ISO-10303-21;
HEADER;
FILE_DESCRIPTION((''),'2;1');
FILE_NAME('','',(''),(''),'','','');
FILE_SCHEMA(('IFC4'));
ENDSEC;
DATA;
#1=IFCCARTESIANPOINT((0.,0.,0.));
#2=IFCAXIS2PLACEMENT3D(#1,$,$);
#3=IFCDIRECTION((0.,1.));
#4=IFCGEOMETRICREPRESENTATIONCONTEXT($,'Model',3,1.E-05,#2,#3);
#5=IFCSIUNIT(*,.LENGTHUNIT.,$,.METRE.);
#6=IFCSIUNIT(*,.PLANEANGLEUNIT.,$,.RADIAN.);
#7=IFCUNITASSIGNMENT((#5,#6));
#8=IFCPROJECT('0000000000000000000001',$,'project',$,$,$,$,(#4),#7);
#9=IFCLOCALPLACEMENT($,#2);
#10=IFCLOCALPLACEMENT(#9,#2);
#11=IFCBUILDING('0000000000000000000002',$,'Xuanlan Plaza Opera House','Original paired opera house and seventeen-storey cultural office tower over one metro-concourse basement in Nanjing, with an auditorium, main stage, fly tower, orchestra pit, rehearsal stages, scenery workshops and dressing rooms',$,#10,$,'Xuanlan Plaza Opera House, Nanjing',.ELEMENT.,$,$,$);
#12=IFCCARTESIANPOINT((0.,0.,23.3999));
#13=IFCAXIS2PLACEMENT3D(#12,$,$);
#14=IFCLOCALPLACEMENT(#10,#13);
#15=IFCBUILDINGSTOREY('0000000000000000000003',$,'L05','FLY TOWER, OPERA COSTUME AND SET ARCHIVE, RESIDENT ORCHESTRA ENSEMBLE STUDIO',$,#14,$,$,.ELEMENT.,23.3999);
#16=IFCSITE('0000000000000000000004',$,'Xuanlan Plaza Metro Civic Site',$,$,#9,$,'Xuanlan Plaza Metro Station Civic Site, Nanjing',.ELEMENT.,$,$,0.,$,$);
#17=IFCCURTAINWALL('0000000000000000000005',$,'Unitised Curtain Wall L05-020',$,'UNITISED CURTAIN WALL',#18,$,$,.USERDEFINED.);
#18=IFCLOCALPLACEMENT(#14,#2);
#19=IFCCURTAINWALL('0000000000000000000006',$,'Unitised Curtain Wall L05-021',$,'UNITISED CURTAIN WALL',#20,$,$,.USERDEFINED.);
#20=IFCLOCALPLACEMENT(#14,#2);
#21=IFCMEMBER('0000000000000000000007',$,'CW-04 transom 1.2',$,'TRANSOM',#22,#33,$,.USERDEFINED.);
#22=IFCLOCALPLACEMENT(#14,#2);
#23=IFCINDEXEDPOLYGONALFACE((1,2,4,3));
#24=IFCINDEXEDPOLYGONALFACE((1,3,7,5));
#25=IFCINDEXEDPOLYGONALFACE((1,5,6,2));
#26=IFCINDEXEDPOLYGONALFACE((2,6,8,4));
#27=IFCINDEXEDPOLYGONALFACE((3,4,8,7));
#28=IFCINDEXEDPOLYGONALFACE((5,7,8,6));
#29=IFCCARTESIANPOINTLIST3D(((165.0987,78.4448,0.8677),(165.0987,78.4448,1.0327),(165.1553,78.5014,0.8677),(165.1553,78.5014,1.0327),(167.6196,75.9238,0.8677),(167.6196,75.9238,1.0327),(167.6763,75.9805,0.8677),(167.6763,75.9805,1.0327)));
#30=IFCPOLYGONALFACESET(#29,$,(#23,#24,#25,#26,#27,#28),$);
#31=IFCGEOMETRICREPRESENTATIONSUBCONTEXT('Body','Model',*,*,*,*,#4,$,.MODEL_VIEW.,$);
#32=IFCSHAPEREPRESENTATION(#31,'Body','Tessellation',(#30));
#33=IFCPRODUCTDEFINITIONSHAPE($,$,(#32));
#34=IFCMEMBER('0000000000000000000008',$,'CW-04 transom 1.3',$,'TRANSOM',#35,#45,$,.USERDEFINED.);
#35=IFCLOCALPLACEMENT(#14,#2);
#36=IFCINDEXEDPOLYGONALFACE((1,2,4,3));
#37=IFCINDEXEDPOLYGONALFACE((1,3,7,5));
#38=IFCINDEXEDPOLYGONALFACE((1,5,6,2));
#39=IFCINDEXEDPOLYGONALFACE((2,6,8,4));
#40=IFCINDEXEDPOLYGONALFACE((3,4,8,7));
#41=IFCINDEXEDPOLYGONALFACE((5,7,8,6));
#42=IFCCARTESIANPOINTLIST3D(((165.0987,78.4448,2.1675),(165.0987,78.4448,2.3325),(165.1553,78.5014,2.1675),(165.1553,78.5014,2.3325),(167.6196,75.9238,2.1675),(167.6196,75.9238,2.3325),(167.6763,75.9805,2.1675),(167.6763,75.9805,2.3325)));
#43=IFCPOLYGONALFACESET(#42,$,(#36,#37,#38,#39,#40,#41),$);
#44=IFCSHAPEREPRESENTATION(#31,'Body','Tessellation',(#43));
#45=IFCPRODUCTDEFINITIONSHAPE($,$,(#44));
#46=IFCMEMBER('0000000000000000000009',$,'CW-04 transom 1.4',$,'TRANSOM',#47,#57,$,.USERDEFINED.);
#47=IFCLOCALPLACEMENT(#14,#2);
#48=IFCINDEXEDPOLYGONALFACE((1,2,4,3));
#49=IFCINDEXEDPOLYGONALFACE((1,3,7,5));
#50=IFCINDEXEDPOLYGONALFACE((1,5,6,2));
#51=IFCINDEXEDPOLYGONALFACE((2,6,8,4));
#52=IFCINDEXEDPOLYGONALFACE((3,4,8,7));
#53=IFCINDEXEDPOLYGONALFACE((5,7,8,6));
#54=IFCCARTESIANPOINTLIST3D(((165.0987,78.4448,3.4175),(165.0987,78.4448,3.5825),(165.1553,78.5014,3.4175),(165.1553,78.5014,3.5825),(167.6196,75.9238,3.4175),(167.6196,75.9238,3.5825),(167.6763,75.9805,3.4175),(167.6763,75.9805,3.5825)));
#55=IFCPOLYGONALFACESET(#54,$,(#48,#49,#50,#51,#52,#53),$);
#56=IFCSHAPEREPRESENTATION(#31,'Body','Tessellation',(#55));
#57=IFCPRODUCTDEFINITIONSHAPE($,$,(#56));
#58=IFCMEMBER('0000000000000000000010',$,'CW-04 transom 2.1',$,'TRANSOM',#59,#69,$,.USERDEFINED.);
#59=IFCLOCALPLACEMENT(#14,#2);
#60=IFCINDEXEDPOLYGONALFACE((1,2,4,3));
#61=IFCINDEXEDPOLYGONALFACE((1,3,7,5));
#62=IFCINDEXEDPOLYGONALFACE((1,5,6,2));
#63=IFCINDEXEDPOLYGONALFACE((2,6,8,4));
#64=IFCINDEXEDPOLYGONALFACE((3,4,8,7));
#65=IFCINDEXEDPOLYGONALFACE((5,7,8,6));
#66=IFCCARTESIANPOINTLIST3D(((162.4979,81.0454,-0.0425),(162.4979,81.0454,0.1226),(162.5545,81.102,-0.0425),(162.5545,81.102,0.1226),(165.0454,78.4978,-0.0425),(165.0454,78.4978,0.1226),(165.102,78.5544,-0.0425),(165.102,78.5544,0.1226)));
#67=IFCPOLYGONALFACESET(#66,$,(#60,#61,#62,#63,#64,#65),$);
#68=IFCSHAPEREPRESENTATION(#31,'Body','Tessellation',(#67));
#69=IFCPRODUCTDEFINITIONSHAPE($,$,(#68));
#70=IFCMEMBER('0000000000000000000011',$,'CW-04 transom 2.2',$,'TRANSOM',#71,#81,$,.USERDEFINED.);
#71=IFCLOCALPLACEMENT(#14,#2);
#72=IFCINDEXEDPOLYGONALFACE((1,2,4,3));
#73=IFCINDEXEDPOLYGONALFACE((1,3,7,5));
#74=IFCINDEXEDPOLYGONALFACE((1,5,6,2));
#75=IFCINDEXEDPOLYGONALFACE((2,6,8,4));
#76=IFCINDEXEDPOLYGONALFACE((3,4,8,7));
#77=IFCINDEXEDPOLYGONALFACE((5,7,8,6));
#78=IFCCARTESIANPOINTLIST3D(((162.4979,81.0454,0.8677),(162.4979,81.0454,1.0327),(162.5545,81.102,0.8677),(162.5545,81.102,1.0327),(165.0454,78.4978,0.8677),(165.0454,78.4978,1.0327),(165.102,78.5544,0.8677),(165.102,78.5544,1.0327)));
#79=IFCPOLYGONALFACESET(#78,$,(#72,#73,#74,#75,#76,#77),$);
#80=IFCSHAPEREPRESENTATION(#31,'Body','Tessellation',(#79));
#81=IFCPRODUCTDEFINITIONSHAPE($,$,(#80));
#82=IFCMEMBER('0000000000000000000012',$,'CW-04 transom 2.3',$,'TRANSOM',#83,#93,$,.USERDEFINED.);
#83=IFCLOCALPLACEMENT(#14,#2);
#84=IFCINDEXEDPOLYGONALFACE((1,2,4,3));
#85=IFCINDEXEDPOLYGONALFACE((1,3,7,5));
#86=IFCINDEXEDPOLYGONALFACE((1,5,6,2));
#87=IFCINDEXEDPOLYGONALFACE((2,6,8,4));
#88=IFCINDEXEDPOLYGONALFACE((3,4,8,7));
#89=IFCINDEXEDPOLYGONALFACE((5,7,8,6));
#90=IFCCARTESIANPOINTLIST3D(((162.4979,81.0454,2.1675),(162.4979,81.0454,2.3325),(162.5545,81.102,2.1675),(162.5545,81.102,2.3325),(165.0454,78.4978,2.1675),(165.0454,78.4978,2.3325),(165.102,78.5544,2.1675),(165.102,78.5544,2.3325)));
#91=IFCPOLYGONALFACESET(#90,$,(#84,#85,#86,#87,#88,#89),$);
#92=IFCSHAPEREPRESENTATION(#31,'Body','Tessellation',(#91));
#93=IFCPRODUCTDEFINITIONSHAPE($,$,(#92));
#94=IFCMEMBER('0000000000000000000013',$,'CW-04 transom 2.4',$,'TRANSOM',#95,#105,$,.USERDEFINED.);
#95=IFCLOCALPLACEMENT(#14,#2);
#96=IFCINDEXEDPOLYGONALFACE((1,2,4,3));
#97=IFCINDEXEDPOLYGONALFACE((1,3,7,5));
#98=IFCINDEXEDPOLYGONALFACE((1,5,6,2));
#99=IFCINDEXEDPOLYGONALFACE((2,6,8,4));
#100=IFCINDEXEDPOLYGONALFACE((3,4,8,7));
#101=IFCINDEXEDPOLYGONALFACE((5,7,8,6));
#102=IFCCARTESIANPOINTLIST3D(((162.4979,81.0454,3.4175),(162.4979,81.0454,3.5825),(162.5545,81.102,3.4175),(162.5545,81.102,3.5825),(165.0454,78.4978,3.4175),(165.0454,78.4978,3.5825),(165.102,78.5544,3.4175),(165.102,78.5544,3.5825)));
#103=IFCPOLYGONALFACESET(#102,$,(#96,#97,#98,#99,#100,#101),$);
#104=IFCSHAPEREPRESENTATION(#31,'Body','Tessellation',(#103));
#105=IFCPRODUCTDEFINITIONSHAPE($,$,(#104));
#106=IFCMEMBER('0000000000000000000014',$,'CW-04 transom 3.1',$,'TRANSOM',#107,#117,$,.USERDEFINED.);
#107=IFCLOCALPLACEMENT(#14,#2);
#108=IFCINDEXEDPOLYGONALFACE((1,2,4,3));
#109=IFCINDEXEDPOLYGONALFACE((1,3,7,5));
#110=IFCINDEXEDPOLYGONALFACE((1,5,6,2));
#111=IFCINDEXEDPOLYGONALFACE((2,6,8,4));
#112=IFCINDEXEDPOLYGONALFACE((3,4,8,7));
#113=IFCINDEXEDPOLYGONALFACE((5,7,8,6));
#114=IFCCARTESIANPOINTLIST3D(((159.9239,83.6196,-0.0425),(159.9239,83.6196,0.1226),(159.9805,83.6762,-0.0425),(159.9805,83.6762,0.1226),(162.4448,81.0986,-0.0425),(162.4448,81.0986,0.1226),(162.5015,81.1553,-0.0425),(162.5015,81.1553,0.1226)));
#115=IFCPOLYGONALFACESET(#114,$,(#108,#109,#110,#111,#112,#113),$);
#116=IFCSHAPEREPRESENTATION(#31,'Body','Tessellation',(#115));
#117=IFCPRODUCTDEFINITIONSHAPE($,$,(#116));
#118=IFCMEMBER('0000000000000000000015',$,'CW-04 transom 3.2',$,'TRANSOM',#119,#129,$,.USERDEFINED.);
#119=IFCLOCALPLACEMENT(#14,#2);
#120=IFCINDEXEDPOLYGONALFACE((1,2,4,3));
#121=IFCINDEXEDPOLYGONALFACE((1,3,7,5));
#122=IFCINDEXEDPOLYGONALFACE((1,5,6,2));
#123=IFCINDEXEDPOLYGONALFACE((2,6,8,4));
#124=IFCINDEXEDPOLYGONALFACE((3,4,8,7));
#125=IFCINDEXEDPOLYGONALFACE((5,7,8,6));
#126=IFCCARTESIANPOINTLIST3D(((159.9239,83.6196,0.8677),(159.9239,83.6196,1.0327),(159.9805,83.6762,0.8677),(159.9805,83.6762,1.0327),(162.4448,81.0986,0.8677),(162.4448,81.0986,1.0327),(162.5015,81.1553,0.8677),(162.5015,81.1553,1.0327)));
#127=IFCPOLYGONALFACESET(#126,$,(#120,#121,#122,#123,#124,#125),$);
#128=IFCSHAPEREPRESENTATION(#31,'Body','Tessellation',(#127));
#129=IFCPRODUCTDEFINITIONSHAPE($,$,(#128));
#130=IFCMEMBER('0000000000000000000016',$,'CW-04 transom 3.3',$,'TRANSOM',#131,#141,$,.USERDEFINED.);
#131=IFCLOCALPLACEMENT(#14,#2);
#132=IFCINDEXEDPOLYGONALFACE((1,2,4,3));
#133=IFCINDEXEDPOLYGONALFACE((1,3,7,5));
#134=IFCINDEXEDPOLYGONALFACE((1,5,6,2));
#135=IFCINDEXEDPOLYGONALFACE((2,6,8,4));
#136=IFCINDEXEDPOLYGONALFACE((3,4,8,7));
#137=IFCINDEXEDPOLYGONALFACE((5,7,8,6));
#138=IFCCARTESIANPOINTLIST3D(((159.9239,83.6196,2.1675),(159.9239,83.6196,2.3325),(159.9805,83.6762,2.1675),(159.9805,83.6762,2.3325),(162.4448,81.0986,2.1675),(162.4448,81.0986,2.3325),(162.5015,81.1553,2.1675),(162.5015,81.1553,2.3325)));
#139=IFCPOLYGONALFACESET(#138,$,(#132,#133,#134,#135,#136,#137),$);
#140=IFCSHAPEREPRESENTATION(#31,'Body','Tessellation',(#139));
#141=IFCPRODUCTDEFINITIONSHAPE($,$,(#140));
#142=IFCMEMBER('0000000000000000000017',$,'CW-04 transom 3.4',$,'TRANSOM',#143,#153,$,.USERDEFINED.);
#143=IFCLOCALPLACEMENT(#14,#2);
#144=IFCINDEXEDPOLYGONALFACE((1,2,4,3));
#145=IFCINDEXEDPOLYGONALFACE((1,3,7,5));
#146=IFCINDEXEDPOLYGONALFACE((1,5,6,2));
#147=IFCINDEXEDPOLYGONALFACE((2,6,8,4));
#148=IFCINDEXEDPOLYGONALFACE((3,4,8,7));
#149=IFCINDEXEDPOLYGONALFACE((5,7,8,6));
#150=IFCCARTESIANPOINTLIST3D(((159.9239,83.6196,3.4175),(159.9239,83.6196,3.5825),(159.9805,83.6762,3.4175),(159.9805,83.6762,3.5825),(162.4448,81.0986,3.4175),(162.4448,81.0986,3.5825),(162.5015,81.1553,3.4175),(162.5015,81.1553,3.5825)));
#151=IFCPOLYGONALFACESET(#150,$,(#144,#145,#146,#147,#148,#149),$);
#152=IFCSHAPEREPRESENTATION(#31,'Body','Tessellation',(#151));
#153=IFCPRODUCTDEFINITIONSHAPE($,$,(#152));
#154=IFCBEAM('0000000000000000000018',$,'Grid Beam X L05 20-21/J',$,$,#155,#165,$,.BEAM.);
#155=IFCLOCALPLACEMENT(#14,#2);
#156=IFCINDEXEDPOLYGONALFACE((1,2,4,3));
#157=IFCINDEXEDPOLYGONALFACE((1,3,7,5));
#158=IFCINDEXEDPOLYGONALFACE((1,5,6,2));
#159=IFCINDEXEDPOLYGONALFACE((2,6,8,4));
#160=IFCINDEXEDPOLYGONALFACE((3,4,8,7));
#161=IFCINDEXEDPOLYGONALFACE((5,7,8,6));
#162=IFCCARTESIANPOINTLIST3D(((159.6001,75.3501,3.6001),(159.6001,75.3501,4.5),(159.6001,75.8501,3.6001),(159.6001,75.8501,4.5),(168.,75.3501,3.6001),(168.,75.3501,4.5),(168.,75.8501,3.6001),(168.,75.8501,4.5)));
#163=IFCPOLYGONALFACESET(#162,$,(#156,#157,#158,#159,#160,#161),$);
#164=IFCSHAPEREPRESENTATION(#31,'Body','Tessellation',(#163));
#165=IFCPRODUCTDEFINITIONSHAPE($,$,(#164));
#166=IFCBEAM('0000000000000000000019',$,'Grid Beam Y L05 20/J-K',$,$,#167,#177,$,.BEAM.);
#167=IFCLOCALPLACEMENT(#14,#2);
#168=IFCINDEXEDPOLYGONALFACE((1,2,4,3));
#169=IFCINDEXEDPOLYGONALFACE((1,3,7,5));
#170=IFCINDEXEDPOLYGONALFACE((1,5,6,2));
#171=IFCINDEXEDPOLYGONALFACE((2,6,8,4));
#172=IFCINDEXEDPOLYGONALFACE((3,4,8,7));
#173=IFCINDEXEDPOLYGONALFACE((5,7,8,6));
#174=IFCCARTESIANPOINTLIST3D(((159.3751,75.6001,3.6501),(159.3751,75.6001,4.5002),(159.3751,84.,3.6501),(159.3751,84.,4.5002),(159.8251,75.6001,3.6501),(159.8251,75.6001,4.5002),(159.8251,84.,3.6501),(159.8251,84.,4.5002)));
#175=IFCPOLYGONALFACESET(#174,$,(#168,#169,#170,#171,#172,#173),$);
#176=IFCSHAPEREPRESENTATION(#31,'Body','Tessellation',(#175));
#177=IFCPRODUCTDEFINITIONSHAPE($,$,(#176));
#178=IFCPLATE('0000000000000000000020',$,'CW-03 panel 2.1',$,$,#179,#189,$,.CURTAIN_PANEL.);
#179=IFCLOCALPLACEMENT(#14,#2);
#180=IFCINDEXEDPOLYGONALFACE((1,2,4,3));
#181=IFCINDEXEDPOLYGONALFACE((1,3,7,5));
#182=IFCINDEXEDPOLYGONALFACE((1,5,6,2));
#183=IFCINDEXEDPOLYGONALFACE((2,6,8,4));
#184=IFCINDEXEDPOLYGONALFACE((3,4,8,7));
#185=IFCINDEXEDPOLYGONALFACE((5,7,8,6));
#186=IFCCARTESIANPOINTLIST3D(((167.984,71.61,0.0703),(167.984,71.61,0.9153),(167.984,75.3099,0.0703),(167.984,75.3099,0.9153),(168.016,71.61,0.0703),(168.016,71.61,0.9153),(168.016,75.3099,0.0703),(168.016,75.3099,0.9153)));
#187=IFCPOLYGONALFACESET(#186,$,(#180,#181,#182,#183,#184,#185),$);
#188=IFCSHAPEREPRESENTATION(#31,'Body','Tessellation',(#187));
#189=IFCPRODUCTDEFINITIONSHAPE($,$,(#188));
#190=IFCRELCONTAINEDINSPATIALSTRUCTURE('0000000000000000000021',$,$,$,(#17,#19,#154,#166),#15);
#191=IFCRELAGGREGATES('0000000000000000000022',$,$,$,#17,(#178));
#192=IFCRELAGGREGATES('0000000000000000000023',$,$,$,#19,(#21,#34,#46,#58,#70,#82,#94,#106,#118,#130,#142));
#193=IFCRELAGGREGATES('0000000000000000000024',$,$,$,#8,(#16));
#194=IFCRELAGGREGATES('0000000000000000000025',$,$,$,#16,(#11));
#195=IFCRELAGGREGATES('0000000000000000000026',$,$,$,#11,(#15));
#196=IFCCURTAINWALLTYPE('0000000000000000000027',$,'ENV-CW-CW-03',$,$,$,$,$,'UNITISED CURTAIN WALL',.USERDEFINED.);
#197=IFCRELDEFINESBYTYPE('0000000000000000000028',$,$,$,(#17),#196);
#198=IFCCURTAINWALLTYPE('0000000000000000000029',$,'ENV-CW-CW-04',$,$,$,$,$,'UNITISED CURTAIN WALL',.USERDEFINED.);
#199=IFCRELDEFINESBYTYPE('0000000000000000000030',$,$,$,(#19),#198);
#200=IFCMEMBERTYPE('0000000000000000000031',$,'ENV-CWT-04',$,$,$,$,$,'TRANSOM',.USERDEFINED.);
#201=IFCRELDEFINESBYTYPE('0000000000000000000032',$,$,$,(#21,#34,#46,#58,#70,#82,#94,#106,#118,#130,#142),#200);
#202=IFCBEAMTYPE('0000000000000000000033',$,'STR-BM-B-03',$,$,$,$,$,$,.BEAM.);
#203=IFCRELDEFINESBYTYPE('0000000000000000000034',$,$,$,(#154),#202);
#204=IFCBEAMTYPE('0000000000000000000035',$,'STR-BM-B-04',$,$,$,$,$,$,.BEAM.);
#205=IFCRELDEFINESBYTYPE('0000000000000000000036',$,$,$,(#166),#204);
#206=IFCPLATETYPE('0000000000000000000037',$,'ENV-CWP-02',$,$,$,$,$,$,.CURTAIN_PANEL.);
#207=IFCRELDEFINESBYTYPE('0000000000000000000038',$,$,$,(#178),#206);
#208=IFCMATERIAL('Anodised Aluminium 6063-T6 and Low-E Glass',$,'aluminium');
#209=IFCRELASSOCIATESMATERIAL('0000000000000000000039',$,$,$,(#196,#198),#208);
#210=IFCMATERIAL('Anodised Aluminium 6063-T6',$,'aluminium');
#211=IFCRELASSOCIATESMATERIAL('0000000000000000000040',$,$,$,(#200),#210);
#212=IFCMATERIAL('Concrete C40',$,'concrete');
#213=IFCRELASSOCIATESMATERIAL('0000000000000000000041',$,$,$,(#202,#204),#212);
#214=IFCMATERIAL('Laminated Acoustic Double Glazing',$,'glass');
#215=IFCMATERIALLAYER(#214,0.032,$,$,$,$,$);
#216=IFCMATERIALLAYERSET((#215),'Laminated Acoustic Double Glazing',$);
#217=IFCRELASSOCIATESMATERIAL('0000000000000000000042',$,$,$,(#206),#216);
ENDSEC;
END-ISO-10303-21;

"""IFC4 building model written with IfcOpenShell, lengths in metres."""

from ifc_helpers import new_model, si_unit, direction, frame, origin, origin_2d, place, context, subcontext, project, spatial, rectangle, extrude, material, layer, layer_set, material_profile, profile_set, type_object, element, aggregate, save


model = new_model("IFC4")

# Units and contexts
model_context = context("Model", 3, precision=1e-05, world=origin(), true_north=direction((0.0, 1.0)))
body_context = subcontext(model_context, "Body", "Model", "MODEL_VIEW")
ifc_project = project(units=[si_unit("LENGTHUNIT", "METRE"), si_unit("PLANEANGLEUNIT", "RADIAN")], contexts=[model_context])

# Site, building, storey
site_placement = place(None, origin())
site = spatial("IfcSite", under=ifc_project, at=site_placement, Name="Xuanlan Plaza Metro Civic Site", LongName="Xuanlan Plaza Metro Station Civic Site, Nanjing", CompositionType="ELEMENT", RefElevation=0.0)
building_placement = place(site_placement, origin())
building = spatial("IfcBuilding", under=site, at=building_placement, Name="Xuanlan Plaza Opera House", Description="Original paired opera house and seventeen-storey cultural office tower over one metro-concourse basement in Nanjing, with an auditorium, main stage, fly tower, orchestra pit, rehearsal stages, scenery workshops and dressing rooms", LongName="Xuanlan Plaza Opera House, Nanjing", CompositionType="ELEMENT")
storey_placement = place(building_placement, frame((0.0, 0.0, 23.3999)))
storey = spatial("IfcBuildingStorey", under=building, at=storey_placement, Name="L05", Description="FLY TOWER, OPERA COSTUME AND SET ARCHIVE, RESIDENT ORCHESTRA ENSEMBLE STUDIO", CompositionType="ELEMENT", Elevation=23.3999)

# Curtain wall
ifc_material_1 = material(Name="Anodised Aluminium 6063-T6 and Low-E Glass", Category="aluminium")
curtain_wall_type_1 = type_object("IfcCurtainWallType", Name="ENV-CW-CW-03", ElementType="UNITISED CURTAIN WALL", PredefinedType="USERDEFINED", material=ifc_material_1)
curtain_wall_1_placement = place(storey_placement, origin())
curtain_wall_1 = element("IfcCurtainWall", 1, at=curtain_wall_1_placement, inside=storey, type_object=curtain_wall_type_1, Name="Unitised Curtain Wall L05-020", ObjectType="UNITISED CURTAIN WALL", PredefinedType="USERDEFINED")
ifc_material_2 = material(Name="Anodised Aluminium 6063-T6", Category="aluminium")

# Curtain wall
curtain_wall_type_2 = type_object("IfcCurtainWallType", Name="ENV-CW-CW-04", ElementType="UNITISED CURTAIN WALL", PredefinedType="USERDEFINED", material=ifc_material_1)
curtain_wall_2_placement = place(storey_placement, origin())
curtain_wall_2 = element("IfcCurtainWall", 2, at=curtain_wall_2_placement, inside=storey, type_object=curtain_wall_type_2, Name="Unitised Curtain Wall L05-021", ObjectType="UNITISED CURTAIN WALL", PredefinedType="USERDEFINED")

# Members
ifc_material_profile_1 = material_profile(ifc_material_2, rectangle(XDim=0.0801, YDim=0.165, at=origin_2d()), Name="ALU-T 80x165")
ifc_profile_set_1 = profile_set([ifc_material_profile_1], Name="Anodised Aluminium 6063-T6")
member_type_1 = type_object("IfcMemberType", Name="ENV-CWT-04", ElementType="TRANSOM", PredefinedType="USERDEFINED", material=ifc_profile_set_1)
member_1_placement = place(storey_placement, frame((167.6479, 75.9521, 0.9502), z_axis=(-0.707107, 0.707107, 0.0), x_axis=(-0.707107, -0.707107, 0.0)))
member_1 = element("IfcMember", 3, at=member_1_placement, type_object=member_type_1, Name="CW-04 transom 1.2", ObjectType="TRANSOM", PredefinedType="USERDEFINED", context=body_context, shape_type="SweptSolid", body=[
    extrude(rectangle(XDim=0.0801, YDim=0.165, at=origin_2d()), origin(), (0.0, 0.0, 1.0), 3.5652),
])
member_2_placement = place(storey_placement, frame((167.6479, 75.9521, 2.25), z_axis=(-0.707107, 0.707107, 0.0), x_axis=(-0.707107, -0.707107, 0.0)))
member_2 = element("IfcMember", 4, at=member_2_placement, type_object=member_type_1, Name="CW-04 transom 1.3", ObjectType="TRANSOM", PredefinedType="USERDEFINED", context=body_context, shape_type="SweptSolid", body=[
    extrude(rectangle(XDim=0.0801, YDim=0.165, at=origin_2d()), origin(), (0.0, 0.0, 1.0), 3.5652),
])
member_3_placement = place(storey_placement, frame((167.6479, 75.9521, 3.5), z_axis=(-0.707107, 0.707107, 0.0), x_axis=(-0.707107, -0.707107, 0.0)))
member_3 = element("IfcMember", 5, at=member_3_placement, type_object=member_type_1, Name="CW-04 transom 1.4", ObjectType="TRANSOM", PredefinedType="USERDEFINED", context=body_context, shape_type="SweptSolid", body=[
    extrude(rectangle(XDim=0.0801, YDim=0.165, at=origin_2d()), origin(), (0.0, 0.0, 1.0), 3.5652),
])
member_4_placement = place(storey_placement, frame((165.0737, 78.5261, 0.04), z_axis=(-0.707107, 0.707107, 0.0), x_axis=(-0.707107, -0.707107, 0.0)))
member_4 = element("IfcMember", 6, at=member_4_placement, type_object=member_type_1, Name="CW-04 transom 2.1", ObjectType="TRANSOM", PredefinedType="USERDEFINED", context=body_context, shape_type="SweptSolid", body=[
    extrude(rectangle(XDim=0.0801, YDim=0.165, at=origin_2d()), origin(), (0.0, 0.0, 1.0), 3.6028),
])
member_5_placement = place(storey_placement, frame((165.0737, 78.5261, 0.9502), z_axis=(-0.707107, 0.707107, 0.0), x_axis=(-0.707107, -0.707107, 0.0)))
member_5 = element("IfcMember", 7, at=member_5_placement, type_object=member_type_1, Name="CW-04 transom 2.2", ObjectType="TRANSOM", PredefinedType="USERDEFINED", context=body_context, shape_type="SweptSolid", body=[
    extrude(rectangle(XDim=0.0801, YDim=0.165, at=origin_2d()), origin(), (0.0, 0.0, 1.0), 3.6028),
])
member_6_placement = place(storey_placement, frame((165.0737, 78.5261, 2.25), z_axis=(-0.707107, 0.707107, 0.0), x_axis=(-0.707107, -0.707107, 0.0)))
member_6 = element("IfcMember", 8, at=member_6_placement, type_object=member_type_1, Name="CW-04 transom 2.3", ObjectType="TRANSOM", PredefinedType="USERDEFINED", context=body_context, shape_type="SweptSolid", body=[
    extrude(rectangle(XDim=0.0801, YDim=0.165, at=origin_2d()), origin(), (0.0, 0.0, 1.0), 3.6028),
])
member_7_placement = place(storey_placement, frame((165.0737, 78.5261, 3.5), z_axis=(-0.707107, 0.707107, 0.0), x_axis=(-0.707107, -0.707107, 0.0)))
member_7 = element("IfcMember", 9, at=member_7_placement, type_object=member_type_1, Name="CW-04 transom 2.4", ObjectType="TRANSOM", PredefinedType="USERDEFINED", context=body_context, shape_type="SweptSolid", body=[
    extrude(rectangle(XDim=0.0801, YDim=0.165, at=origin_2d()), origin(), (0.0, 0.0, 1.0), 3.6028),
])
member_8_placement = place(storey_placement, frame((162.4731, 81.127, 0.04), z_axis=(-0.707107, 0.707107, 0.0), x_axis=(-0.707107, -0.707107, 0.0)))
member_8 = element("IfcMember", 10, at=member_8_placement, type_object=member_type_1, Name="CW-04 transom 3.1", ObjectType="TRANSOM", PredefinedType="USERDEFINED", context=body_context, shape_type="SweptSolid", body=[
    extrude(rectangle(XDim=0.0801, YDim=0.165, at=origin_2d()), origin(), (0.0, 0.0, 1.0), 3.5652),
])
member_9_placement = place(storey_placement, frame((162.4731, 81.127, 0.9502), z_axis=(-0.707107, 0.707107, 0.0), x_axis=(-0.707107, -0.707107, 0.0)))
member_9 = element("IfcMember", 11, at=member_9_placement, type_object=member_type_1, Name="CW-04 transom 3.2", ObjectType="TRANSOM", PredefinedType="USERDEFINED", context=body_context, shape_type="SweptSolid", body=[
    extrude(rectangle(XDim=0.0801, YDim=0.165, at=origin_2d()), origin(), (0.0, 0.0, 1.0), 3.5652),
])
member_10_placement = place(storey_placement, frame((162.4731, 81.127, 2.25), z_axis=(-0.707107, 0.707107, 0.0), x_axis=(-0.707107, -0.707107, 0.0)))
member_10 = element("IfcMember", 12, at=member_10_placement, type_object=member_type_1, Name="CW-04 transom 3.3", ObjectType="TRANSOM", PredefinedType="USERDEFINED", context=body_context, shape_type="SweptSolid", body=[
    extrude(rectangle(XDim=0.0801, YDim=0.165, at=origin_2d()), origin(), (0.0, 0.0, 1.0), 3.5652),
])
member_11_placement = place(storey_placement, frame((162.4731, 81.127, 3.5), z_axis=(-0.707107, 0.707107, 0.0), x_axis=(-0.707107, -0.707107, 0.0)))
member_11 = element("IfcMember", 13, at=member_11_placement, type_object=member_type_1, Name="CW-04 transom 3.4", ObjectType="TRANSOM", PredefinedType="USERDEFINED", context=body_context, shape_type="SweptSolid", body=[
    extrude(rectangle(XDim=0.0801, YDim=0.165, at=origin_2d()), origin(), (0.0, 0.0, 1.0), 3.5652),
])

# Beams
ifc_material_3 = material(Name="Concrete C40", Category="concrete")
ifc_material_profile_2 = material_profile(ifc_material_3, rectangle(XDim=0.5, YDim=0.8999, at=origin_2d()), Name="RC-BM 500x900")
ifc_profile_set_2 = profile_set([ifc_material_profile_2], Name="Concrete C40")
beam_type_1 = type_object("IfcBeamType", Name="STR-BM-B-03", PredefinedType="BEAM", material=ifc_profile_set_2)
beam_1_placement = place(storey_placement, frame((159.6001, 75.6001, 4.05), z_axis=(1.0, 0.0, 0.0), x_axis=(0.0, 1.0, 0.0)))
element("IfcBeam", 14, at=beam_1_placement, inside=storey, type_object=beam_type_1, Name="Grid Beam X L05 20-21/J", PredefinedType="BEAM", context=body_context, shape_type="SweptSolid", body=[
    extrude(rectangle(XDim=0.5, YDim=0.8999, at=origin_2d()), origin(), (0.0, 0.0, 1.0), 8.3999),
])
ifc_material_profile_3 = material_profile(ifc_material_3, rectangle(XDim=0.45, YDim=0.8501, at=origin_2d()), Name="RC-BM 450x850")
ifc_profile_set_3 = profile_set([ifc_material_profile_3], Name="Concrete C40")
beam_type_2 = type_object("IfcBeamType", Name="STR-BM-B-04", PredefinedType="BEAM", material=ifc_profile_set_3)
beam_2_placement = place(storey_placement, frame((159.6001, 75.6001, 4.0752), z_axis=(0.0, 1.0, 0.0), x_axis=(-1.0, 0.0, 0.0)))
element("IfcBeam", 15, at=beam_2_placement, inside=storey, type_object=beam_type_2, Name="Grid Beam Y L05 20/J-K", PredefinedType="BEAM", context=body_context, shape_type="SweptSolid", body=[
    extrude(rectangle(XDim=0.45, YDim=0.8501, at=origin_2d()), origin(), (0.0, 0.0, 1.0), 8.3999),
])

# Plate
ifc_material_4 = material(Name="Laminated Acoustic Double Glazing", Category="glass")
ifc_layer_1 = layer(ifc_material_4, 0.032)
ifc_layer_set_1 = layer_set([ifc_layer_1], Name="Laminated Acoustic Double Glazing")
plate_type_1 = type_object("IfcPlateType", Name="ENV-CWP-02", PredefinedType="CURTAIN_PANEL", material=ifc_layer_set_1)
plate_1_placement = place(storey_placement, frame((168.0, 73.46, 0.0703), z_axis=(0.0, 0.0, 1.0), x_axis=(0.0, 1.0, 0.0)))
plate_1 = element("IfcPlate", 16, at=plate_1_placement, type_object=plate_type_1, Name="CW-03 panel 2.1", PredefinedType="CURTAIN_PANEL", context=body_context, shape_type="SweptSolid", body=[
    extrude(rectangle(XDim=3.7, YDim=0.032, at=origin_2d()), origin(), (0.0, 0.0, 1.0), 0.845),
])
aggregate(curtain_wall_1, [plate_1])
aggregate(curtain_wall_2, [member_1, member_2, member_3, member_4, member_5, member_6, member_7, member_8, member_9, member_10, member_11])

save(model, "model.ifc")
